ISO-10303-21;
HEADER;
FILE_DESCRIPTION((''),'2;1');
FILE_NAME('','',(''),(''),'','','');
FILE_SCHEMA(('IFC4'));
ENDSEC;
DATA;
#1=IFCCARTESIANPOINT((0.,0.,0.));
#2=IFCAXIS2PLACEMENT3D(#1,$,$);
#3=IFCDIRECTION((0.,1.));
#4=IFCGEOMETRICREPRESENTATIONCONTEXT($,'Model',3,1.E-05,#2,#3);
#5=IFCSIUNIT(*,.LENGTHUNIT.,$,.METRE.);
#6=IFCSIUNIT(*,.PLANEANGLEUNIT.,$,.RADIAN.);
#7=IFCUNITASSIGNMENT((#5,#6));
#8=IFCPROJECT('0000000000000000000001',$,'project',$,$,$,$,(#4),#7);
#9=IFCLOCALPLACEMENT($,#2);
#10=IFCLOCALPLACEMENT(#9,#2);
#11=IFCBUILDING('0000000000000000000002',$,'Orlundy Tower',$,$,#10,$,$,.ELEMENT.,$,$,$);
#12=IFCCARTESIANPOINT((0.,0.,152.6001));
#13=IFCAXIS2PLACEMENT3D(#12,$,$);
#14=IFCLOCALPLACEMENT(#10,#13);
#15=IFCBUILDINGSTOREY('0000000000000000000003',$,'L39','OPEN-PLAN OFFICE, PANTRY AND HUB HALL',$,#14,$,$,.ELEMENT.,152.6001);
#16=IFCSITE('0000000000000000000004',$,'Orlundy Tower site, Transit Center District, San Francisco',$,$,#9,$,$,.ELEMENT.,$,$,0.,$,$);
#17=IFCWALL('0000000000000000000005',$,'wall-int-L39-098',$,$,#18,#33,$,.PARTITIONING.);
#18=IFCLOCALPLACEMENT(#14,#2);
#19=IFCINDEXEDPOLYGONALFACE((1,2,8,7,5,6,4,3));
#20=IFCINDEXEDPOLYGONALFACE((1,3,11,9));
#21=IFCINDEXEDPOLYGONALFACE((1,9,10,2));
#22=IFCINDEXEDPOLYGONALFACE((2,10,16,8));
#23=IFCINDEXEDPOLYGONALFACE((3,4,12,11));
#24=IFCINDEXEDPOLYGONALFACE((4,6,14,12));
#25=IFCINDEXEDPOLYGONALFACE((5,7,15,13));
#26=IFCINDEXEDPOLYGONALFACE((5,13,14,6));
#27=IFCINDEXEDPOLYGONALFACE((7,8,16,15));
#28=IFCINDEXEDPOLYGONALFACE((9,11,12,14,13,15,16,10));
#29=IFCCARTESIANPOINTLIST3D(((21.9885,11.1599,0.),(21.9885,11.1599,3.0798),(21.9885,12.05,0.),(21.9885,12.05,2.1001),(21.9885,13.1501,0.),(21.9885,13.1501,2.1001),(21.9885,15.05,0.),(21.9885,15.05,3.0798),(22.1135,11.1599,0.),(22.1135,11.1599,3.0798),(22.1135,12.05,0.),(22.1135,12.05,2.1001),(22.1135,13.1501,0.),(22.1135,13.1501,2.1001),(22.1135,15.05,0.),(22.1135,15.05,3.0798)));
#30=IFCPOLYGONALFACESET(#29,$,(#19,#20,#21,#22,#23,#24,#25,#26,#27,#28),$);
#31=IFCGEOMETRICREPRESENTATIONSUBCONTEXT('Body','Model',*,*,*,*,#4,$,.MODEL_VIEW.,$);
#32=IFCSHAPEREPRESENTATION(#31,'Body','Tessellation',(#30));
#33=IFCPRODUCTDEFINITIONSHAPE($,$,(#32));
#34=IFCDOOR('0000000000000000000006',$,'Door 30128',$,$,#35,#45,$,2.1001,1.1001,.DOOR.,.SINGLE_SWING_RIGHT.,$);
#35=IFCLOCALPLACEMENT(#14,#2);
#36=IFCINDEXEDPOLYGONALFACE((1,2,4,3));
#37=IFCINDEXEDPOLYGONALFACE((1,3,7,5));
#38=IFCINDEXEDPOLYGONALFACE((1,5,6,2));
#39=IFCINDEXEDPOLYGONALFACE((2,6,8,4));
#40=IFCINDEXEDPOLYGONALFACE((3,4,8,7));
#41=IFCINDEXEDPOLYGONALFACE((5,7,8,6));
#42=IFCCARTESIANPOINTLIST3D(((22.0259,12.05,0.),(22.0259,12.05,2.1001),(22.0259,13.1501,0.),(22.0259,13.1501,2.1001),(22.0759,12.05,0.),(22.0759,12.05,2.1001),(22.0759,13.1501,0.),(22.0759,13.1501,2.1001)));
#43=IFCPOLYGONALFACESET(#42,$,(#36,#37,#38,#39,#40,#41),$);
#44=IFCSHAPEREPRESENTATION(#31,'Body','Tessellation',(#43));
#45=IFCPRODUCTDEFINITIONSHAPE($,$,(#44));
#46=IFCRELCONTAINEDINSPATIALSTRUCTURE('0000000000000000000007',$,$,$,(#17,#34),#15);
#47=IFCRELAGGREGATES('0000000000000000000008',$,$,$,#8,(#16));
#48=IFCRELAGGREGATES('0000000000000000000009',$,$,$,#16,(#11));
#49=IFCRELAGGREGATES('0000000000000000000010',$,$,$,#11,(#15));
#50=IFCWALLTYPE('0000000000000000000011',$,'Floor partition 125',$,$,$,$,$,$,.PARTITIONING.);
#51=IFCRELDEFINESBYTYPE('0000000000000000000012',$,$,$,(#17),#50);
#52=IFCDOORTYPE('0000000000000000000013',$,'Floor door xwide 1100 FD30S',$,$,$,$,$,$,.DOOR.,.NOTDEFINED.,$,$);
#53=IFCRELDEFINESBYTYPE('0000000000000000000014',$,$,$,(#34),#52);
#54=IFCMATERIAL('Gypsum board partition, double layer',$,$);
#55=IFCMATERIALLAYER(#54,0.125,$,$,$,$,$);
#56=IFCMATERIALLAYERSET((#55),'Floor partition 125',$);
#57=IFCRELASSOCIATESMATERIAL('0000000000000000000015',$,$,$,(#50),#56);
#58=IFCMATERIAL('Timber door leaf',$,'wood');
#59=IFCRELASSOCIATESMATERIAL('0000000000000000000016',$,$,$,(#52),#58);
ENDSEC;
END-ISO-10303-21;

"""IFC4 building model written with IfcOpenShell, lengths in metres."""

from ifc_helpers import new_model, si_unit, direction, frame, frame_2d, origin, place, context, subcontext, project, spatial, rectangle, extrude, material, layer, layer_set, type_object, element, fill, save


model = new_model("IFC4")

# Units and contexts
model_context = context("Model", 3, precision=1e-05, world=origin(), true_north=direction((0.0, 1.0)))
body_context = subcontext(model_context, "Body", "Model", "MODEL_VIEW")
ifc_project = project(units=[si_unit("LENGTHUNIT", "METRE"), si_unit("PLANEANGLEUNIT", "RADIAN")], contexts=[model_context])

# Site, building, storey
site_placement = place(None, origin())
site = spatial("IfcSite", under=ifc_project, at=site_placement, Name="Orlundy Tower site, Transit Center District, San Francisco", CompositionType="ELEMENT", RefElevation=0.0)
building_placement = place(site_placement, origin())
building = spatial("IfcBuilding", under=site, at=building_placement, Name="Orlundy Tower", CompositionType="ELEMENT")
storey_placement = place(building_placement, frame((0.0, 0.0, 152.6001)))
storey = spatial("IfcBuildingStorey", under=building, at=storey_placement, Name="L39", Description="OPEN-PLAN OFFICE, PANTRY AND HUB HALL", CompositionType="ELEMENT", Elevation=152.6001)

# Shared definitions
ifc_material_1 = material(Name="Gypsum board partition, double layer")
ifc_layer_1 = layer(ifc_material_1, 0.125)
ifc_layer_set_1 = layer_set([ifc_layer_1], Name="Floor partition 125")
wall_type_1 = type_object("IfcWallType", Name="Floor partition 125", PredefinedType="PARTITIONING", material=ifc_layer_set_1)

# Wall, opening, door
ifc_material_2 = material(Name="Timber door leaf", Category="wood")
door_type = type_object("IfcDoorType", Name="Floor door xwide 1100 FD30S", OperationType="NOTDEFINED", PredefinedType="DOOR", material=ifc_material_2)
wall_1_placement = place(storey_placement, frame((22.051, 15.05, 0.0), z_axis=(0.0, 0.0, 1.0), x_axis=(0.0, -1.0, 0.0)))
wall_1 = element("IfcWall", 1, at=wall_1_placement, inside=storey, type_object=wall_type_1, Name="wall-int-L39-098", PredefinedType="PARTITIONING", context=body_context, shape_type="SweptSolid", body=[
    extrude(rectangle(XDim=3.8901, YDim=0.125, at=frame_2d((1.9451, 0.0))), origin(), (0.0, 0.0, 1.0), 3.0798),
])
opening_1_placement = place(wall_1_placement, frame((1.8999, 0.0, 0.0)))
opening_1 = element("IfcOpeningElement", 2, at=opening_1_placement, cuts=wall_1, PredefinedType="OPENING", context=body_context, shape_type="SweptSolid", body=[
    extrude(rectangle(XDim=1.1001, YDim=2.1001, at=frame_2d((0.55, 1.05))), frame((0.0, 0.0725, 0.0), z_axis=(0.0, -1.0, 0.0), x_axis=(1.0, 0.0, 0.0)), (0.0, 0.0, 1.0), 0.145),
])
door_1_placement = place(opening_1_placement, origin())
door_1 = element("IfcDoor", 3, at=door_1_placement, inside=storey, type_object=door_type, Name="Door 30128", OperationType="SINGLE_SWING_RIGHT", OverallHeight=2.1001, OverallWidth=1.1001, PredefinedType="DOOR", context=body_context, shape_type="SweptSolid", body=[
    extrude(rectangle(XDim=1.1001, YDim=2.1001, at=frame_2d((0.55, 1.05))), frame((0.0, 0.0249, 0.0), z_axis=(0.0, -1.0, 0.0), x_axis=(1.0, 0.0, 0.0)), (0.0, 0.0, 1.0), 0.05),
])
fill(opening_1, door_1)

save(model, "model.ifc")
